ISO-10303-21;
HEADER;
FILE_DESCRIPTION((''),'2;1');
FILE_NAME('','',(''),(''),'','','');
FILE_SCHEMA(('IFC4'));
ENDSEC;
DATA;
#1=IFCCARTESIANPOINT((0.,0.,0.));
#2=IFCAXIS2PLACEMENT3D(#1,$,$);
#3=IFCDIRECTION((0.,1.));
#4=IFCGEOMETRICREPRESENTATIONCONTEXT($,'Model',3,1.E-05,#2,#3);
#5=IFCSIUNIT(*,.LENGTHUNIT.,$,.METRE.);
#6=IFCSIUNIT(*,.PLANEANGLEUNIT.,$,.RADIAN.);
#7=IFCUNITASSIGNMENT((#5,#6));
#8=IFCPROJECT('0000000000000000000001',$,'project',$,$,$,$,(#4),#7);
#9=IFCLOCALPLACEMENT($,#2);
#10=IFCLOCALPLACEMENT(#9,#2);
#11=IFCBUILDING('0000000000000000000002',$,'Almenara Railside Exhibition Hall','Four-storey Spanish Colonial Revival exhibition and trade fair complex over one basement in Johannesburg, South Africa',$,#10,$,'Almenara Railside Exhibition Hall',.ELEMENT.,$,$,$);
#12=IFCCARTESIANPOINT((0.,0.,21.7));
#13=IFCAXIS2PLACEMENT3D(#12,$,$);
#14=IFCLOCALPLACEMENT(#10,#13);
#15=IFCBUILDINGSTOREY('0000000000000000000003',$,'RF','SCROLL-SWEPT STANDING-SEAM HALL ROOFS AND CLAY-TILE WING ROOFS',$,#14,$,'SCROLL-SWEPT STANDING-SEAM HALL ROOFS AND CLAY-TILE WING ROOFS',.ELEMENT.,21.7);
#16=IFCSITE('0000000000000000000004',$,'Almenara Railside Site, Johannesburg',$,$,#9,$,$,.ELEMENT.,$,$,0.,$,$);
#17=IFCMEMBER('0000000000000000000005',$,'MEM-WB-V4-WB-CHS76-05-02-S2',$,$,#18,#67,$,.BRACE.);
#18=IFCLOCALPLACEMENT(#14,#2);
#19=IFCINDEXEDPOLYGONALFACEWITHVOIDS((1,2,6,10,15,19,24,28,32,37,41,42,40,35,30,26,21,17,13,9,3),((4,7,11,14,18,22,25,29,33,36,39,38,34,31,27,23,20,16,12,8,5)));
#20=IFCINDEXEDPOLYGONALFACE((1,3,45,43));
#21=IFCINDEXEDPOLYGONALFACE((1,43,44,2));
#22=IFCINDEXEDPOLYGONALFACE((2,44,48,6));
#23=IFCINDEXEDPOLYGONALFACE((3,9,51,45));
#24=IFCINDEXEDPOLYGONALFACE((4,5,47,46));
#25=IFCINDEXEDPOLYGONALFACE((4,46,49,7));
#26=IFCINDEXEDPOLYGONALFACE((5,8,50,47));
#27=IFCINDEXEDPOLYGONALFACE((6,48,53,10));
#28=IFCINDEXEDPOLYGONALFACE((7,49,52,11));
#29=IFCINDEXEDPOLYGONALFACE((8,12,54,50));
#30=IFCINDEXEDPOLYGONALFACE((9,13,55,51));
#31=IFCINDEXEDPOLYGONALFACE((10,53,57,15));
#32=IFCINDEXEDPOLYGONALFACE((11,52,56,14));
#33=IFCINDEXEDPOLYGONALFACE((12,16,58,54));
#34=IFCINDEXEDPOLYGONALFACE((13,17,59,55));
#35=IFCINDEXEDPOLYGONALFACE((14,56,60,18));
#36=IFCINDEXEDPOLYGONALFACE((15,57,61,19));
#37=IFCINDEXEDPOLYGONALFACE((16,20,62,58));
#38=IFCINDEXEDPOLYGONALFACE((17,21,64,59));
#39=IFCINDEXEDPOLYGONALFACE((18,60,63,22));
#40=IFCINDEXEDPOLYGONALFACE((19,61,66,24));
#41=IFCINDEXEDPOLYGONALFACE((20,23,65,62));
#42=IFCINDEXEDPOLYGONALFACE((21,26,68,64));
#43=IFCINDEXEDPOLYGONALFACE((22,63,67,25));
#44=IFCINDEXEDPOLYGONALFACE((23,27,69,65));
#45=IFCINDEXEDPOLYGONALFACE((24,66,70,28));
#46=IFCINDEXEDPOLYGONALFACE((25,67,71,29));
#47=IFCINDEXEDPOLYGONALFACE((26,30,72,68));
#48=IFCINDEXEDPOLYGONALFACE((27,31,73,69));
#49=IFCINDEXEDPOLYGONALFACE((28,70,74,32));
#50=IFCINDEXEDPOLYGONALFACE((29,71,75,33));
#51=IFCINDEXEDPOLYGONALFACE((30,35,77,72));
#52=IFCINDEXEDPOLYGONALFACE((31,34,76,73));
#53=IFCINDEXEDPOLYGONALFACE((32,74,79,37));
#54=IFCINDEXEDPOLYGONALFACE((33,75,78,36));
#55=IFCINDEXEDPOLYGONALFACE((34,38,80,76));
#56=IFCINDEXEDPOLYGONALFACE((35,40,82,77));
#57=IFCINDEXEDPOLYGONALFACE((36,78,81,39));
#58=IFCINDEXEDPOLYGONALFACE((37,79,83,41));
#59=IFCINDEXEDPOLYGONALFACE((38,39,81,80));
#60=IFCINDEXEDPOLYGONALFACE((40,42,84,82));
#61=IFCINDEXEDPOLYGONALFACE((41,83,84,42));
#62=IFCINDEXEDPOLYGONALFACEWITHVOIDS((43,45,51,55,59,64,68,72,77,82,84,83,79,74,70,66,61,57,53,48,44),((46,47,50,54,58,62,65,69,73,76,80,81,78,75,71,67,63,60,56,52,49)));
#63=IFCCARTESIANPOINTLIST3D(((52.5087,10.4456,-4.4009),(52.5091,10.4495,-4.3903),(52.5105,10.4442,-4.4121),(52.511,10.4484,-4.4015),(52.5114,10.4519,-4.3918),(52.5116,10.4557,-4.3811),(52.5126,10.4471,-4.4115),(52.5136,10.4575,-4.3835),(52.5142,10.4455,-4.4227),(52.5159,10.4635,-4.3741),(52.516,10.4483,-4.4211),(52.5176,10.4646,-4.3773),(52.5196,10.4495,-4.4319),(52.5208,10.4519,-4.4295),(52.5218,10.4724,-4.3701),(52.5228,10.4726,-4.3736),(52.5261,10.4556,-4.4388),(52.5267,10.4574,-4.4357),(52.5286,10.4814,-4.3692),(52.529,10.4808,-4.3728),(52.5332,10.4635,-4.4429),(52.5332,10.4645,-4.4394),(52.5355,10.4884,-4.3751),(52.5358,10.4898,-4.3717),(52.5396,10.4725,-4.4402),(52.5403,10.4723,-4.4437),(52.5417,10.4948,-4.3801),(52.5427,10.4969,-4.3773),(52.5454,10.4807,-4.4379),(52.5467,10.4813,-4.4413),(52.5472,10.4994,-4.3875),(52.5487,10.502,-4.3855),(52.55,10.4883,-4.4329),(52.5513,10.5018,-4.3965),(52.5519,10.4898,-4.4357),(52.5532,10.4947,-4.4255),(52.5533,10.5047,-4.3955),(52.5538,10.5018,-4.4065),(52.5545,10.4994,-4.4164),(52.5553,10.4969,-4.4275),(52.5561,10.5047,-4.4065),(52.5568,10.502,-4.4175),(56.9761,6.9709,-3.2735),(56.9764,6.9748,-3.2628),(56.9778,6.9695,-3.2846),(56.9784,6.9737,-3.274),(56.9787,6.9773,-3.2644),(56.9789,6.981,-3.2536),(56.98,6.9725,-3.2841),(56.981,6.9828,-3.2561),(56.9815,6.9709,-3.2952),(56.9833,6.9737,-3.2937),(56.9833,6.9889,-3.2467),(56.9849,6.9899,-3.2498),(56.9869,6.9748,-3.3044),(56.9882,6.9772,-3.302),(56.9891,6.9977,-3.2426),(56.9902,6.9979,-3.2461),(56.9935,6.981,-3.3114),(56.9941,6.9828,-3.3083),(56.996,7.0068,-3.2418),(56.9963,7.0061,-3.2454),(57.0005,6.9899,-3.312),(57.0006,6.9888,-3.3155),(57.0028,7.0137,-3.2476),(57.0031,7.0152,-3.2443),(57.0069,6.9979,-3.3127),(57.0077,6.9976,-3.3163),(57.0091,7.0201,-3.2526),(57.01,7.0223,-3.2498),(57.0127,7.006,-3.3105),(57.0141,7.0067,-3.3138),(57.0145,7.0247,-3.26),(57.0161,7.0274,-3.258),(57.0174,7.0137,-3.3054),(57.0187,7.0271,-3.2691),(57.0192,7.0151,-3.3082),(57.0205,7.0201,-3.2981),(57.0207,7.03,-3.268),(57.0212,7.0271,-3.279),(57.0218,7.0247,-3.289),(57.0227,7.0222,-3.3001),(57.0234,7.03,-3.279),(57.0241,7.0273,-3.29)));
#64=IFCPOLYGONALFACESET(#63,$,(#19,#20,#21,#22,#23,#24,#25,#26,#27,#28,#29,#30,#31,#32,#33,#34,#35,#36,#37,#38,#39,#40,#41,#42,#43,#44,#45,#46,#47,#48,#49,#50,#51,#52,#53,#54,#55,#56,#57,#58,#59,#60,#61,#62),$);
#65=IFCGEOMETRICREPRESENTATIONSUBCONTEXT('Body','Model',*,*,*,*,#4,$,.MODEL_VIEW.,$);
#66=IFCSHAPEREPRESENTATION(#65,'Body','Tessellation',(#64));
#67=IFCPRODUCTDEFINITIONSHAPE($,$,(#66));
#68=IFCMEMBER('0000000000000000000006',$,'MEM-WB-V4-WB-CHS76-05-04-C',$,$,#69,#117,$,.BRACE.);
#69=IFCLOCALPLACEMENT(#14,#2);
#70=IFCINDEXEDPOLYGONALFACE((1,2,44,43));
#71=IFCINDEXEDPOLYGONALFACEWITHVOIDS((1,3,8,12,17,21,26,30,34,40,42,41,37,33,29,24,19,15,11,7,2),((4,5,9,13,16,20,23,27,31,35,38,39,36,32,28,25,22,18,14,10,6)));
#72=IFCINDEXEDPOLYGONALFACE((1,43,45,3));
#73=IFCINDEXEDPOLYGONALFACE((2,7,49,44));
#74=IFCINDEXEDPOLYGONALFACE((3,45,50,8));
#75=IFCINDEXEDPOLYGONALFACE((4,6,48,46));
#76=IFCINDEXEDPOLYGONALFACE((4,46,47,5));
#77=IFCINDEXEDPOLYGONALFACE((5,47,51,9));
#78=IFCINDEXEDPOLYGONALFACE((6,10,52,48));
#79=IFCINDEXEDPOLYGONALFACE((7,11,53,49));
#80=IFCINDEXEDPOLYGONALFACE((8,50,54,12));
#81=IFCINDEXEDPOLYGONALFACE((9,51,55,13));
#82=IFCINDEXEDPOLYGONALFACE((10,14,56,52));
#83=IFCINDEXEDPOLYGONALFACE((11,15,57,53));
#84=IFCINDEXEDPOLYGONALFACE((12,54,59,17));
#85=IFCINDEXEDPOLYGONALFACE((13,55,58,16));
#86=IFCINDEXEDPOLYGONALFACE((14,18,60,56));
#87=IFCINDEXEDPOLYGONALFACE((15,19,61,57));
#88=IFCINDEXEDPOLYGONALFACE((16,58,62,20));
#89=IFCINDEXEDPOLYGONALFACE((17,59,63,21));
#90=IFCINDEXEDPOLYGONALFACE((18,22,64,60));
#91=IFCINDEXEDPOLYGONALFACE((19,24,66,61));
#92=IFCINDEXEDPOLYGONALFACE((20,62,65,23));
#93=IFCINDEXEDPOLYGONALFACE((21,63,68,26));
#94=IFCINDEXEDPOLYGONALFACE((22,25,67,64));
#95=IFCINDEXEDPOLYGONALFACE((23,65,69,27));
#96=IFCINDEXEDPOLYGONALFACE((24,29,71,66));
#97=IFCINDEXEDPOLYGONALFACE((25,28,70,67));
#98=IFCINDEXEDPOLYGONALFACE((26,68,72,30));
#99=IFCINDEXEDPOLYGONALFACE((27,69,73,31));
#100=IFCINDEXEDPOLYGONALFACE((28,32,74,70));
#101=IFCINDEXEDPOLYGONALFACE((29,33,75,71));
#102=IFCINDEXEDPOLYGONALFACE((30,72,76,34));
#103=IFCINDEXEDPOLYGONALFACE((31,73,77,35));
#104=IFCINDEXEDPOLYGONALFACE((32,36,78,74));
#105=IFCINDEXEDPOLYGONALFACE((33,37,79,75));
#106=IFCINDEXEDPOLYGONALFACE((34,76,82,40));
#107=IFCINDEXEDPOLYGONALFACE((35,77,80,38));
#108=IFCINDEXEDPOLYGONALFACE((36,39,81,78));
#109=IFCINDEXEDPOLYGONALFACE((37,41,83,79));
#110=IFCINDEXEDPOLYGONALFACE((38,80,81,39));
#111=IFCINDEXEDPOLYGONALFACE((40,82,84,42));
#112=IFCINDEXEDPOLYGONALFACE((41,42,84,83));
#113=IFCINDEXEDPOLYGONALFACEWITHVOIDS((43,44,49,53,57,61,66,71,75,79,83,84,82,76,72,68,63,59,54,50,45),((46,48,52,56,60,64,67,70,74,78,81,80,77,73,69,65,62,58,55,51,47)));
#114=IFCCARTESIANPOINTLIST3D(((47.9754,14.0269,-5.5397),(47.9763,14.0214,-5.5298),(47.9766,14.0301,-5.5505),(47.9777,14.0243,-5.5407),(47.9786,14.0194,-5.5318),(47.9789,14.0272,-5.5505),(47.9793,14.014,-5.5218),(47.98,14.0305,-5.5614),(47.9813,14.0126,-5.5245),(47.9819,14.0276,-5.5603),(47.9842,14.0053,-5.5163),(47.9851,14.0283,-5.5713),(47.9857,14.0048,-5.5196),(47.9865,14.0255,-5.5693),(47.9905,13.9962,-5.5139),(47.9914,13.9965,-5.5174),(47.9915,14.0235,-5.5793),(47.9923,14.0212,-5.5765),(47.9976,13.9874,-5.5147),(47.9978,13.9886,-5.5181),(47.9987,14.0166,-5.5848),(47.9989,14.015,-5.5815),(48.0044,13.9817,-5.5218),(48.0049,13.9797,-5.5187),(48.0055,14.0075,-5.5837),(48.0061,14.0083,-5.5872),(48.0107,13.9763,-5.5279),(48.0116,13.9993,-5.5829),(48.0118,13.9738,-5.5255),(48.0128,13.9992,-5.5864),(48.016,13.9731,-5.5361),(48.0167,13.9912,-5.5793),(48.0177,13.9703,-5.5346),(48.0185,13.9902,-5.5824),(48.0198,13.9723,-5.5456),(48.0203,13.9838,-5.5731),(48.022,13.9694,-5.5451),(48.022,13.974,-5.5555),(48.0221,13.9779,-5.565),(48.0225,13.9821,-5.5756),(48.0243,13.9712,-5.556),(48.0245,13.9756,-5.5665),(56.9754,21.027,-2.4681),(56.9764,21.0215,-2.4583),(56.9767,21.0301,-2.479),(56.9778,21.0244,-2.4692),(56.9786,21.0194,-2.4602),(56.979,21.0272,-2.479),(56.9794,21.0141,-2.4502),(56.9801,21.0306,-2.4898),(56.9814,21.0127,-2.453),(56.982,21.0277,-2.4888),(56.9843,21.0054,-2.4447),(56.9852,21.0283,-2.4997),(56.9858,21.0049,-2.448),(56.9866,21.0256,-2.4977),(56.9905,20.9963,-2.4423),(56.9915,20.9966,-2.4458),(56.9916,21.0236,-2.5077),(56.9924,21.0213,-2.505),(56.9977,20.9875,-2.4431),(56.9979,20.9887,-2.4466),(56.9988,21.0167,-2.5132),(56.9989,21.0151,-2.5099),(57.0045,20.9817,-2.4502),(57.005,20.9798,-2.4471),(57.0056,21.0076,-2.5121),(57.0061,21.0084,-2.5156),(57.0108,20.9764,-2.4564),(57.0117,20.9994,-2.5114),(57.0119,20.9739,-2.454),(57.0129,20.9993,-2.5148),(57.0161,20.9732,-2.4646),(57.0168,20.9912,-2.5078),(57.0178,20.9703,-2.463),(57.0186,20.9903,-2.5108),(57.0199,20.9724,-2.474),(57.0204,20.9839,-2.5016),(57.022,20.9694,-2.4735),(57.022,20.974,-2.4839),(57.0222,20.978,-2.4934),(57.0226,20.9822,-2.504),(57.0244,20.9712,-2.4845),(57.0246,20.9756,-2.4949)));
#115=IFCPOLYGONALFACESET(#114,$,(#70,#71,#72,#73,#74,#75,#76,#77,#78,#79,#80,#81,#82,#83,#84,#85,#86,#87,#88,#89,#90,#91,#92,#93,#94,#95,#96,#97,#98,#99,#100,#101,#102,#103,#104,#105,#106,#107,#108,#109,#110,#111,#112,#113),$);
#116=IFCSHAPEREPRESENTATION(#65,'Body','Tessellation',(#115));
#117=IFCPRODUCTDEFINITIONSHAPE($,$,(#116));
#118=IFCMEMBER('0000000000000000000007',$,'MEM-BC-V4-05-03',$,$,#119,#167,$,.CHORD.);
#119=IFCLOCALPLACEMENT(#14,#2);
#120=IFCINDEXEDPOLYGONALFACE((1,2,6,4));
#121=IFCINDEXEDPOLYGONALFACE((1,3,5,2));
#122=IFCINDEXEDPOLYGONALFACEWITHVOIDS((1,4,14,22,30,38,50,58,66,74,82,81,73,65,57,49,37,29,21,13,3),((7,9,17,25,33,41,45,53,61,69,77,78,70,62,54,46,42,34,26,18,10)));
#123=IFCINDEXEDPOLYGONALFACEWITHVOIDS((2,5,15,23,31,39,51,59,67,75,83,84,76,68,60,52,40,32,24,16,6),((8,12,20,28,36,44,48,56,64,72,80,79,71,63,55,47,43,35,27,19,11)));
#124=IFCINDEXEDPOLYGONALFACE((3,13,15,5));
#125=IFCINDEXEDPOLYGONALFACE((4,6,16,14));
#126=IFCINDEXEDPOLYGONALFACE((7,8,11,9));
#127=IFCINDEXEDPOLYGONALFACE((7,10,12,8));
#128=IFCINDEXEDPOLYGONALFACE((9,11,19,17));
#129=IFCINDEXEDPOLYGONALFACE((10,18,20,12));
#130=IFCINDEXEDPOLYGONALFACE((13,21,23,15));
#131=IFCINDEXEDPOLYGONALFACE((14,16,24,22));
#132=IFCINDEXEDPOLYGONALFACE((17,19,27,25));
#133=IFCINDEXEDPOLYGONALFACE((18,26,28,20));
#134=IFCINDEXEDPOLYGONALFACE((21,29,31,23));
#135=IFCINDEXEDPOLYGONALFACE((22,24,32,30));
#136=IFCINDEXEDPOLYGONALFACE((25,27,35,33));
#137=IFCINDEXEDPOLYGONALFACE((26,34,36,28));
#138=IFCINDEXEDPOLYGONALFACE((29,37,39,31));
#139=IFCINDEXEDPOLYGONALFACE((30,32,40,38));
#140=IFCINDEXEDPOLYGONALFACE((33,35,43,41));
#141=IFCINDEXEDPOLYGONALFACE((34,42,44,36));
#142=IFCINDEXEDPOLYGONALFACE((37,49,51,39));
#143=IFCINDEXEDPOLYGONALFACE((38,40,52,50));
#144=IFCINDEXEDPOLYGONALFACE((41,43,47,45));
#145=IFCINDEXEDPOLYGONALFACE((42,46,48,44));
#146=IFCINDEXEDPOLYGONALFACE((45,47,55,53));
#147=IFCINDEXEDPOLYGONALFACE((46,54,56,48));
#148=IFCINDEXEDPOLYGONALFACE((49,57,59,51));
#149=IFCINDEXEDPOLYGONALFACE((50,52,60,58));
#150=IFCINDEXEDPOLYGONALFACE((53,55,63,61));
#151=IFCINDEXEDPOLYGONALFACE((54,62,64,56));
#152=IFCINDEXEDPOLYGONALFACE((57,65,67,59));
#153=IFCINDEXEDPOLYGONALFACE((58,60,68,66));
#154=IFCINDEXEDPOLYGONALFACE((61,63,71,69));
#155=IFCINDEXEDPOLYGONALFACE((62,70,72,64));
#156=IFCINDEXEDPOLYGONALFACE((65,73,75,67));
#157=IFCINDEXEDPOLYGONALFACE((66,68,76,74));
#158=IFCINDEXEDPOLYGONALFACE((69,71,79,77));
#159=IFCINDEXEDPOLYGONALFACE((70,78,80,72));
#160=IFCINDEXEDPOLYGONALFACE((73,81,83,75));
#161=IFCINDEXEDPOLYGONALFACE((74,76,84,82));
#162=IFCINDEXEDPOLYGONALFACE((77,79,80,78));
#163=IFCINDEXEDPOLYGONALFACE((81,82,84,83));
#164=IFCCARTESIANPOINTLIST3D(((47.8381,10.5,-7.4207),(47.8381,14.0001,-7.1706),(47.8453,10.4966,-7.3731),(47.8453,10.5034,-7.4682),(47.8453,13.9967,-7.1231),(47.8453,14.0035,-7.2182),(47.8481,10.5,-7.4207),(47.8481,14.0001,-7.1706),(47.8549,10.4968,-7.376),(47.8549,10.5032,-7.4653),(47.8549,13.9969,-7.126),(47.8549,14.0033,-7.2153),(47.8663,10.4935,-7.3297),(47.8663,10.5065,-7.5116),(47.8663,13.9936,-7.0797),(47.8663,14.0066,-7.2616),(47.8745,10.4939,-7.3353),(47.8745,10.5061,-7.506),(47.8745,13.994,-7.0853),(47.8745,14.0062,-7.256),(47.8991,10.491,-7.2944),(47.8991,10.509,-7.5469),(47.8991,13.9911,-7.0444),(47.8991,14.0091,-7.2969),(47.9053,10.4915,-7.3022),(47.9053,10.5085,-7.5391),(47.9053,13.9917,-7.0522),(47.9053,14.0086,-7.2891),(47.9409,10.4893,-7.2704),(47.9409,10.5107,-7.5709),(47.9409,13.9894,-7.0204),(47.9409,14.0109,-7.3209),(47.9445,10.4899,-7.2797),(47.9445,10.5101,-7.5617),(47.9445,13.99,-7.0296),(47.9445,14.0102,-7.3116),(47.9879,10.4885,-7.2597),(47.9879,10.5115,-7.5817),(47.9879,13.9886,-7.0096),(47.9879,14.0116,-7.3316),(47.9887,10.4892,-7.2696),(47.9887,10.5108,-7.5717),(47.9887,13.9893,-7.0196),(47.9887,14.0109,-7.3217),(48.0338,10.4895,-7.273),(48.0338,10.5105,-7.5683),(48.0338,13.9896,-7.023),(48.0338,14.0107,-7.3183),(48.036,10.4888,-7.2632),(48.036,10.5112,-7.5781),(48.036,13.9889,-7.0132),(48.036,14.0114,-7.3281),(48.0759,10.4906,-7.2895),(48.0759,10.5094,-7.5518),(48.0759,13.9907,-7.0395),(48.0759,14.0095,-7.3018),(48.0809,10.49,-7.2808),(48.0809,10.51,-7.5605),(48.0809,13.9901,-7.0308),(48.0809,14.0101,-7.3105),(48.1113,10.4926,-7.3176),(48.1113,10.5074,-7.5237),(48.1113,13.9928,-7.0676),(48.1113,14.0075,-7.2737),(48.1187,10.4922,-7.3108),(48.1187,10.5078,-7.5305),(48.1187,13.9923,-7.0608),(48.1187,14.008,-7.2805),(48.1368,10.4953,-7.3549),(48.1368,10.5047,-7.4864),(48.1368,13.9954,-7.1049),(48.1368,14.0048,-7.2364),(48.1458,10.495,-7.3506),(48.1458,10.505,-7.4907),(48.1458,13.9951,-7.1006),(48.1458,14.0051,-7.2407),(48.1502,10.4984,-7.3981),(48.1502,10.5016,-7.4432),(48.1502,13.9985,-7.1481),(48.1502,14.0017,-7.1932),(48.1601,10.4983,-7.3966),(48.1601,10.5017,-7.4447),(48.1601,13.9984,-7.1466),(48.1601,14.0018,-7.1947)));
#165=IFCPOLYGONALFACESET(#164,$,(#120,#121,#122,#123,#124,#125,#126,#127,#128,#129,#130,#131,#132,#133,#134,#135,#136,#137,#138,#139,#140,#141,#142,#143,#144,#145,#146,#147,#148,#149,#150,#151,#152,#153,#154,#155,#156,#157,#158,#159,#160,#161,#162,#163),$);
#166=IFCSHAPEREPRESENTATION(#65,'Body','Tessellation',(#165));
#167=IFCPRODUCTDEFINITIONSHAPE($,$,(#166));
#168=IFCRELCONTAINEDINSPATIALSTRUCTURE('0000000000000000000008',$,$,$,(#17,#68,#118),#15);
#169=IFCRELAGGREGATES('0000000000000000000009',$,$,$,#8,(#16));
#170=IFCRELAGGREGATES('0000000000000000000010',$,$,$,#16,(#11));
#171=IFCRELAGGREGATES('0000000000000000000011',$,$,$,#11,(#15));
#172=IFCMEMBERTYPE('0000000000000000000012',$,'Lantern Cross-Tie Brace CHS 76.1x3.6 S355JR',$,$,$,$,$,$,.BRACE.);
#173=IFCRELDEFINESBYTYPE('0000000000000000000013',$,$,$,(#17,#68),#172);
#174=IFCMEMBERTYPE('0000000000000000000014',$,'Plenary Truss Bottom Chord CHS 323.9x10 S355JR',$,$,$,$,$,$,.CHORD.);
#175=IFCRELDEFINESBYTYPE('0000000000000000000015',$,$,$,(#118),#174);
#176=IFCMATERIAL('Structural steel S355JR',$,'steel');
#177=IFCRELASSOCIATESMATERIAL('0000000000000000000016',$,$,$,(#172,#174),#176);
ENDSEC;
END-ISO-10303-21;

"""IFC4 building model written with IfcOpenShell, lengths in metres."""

from ifc_helpers import new_model, si_unit, direction, frame, origin, origin_2d, place, context, subcontext, project, spatial, hollow_circle, extrude, material, material_profile, profile_set, type_object, element, save


model = new_model("IFC4")

# Units and contexts
model_context = context("Model", 3, precision=1e-05, world=origin(), true_north=direction((0.0, 1.0)))
body_context = subcontext(model_context, "Body", "Model", "MODEL_VIEW")
ifc_project = project(units=[si_unit("LENGTHUNIT", "METRE"), si_unit("PLANEANGLEUNIT", "RADIAN")], contexts=[model_context])

# Site, building, storey
site_placement = place(None, origin())
site = spatial("IfcSite", under=ifc_project, at=site_placement, Name="Almenara Railside Site, Johannesburg", CompositionType="ELEMENT", RefElevation=0.0)
building_placement = place(site_placement, origin())
building = spatial("IfcBuilding", under=site, at=building_placement, Name="Almenara Railside Exhibition Hall", Description="Four-storey Spanish Colonial Revival exhibition and trade fair complex over one basement in Johannesburg, South Africa", LongName="Almenara Railside Exhibition Hall", CompositionType="ELEMENT")
storey_placement = place(building_placement, frame((0.0, 0.0, 21.7)))
storey = spatial("IfcBuildingStorey", under=building, at=storey_placement, Name="RF", Description="SCROLL-SWEPT STANDING-SEAM HALL ROOFS AND CLAY-TILE WING ROOFS", LongName="SCROLL-SWEPT STANDING-SEAM HALL ROOFS AND CLAY-TILE WING ROOFS", CompositionType="ELEMENT", Elevation=21.7)

# Members
ifc_material_1 = material(Name="Structural steel S355JR", Category="steel")
ifc_material_profile_1 = material_profile(ifc_material_1, hollow_circle(Radius=0.0381, WallThickness=0.0037, at=origin_2d()), Name="CHS 76.1x3.6")
ifc_profile_set_1 = profile_set([ifc_material_profile_1], Name="Structural steel S355JR")
member_type_1 = type_object("IfcMemberType", Name="Lantern Cross-Tie Brace CHS 76.1x3.6 S355JR", PredefinedType="BRACE", material=ifc_profile_set_1)
for number, where, z_axis, x_axis, name in (
    (1, (52.5327, 10.4746, -4.4065), (0.774136, -0.602115, 0.195374), (0.613947, 0.789348, 0.0), "MEM-WB-V4-WB-CHS76-05-02-S2"),
):
    element("IfcMember", number, at=place(storey_placement, frame(where, z_axis=z_axis, x_axis=x_axis)), inside=storey, type_object=member_type_1, Name=name, PredefinedType="BRACE", context=body_context, shape_type="SweptSolid", body=[
        extrude(hollow_circle(Radius=0.0381, WallThickness=0.0037, at=origin_2d()), origin(), (0.0, 0.0, 1.0), 5.7708),
    ])
member_1_placement = place(storey_placement, frame((48.0, 14.0, -5.5505), z_axis=(0.76218, 0.592807, 0.260118), x_axis=(-0.613941, 0.789352, 0.0)))
element("IfcMember", 2, at=member_1_placement, inside=storey, type_object=member_type_1, Name="MEM-WB-V4-WB-CHS76-05-04-C", PredefinedType="BRACE", context=body_context, shape_type="SweptSolid", body=[
    extrude(hollow_circle(Radius=0.0381, WallThickness=0.0037, at=origin_2d()), origin(), (0.0, 0.0, 1.0), 11.8083),
])
ifc_material_profile_2 = material_profile(ifc_material_1, hollow_circle(Radius=0.1619, WallThickness=0.01, at=origin_2d()), Name="CHS 323.9x10")
ifc_profile_set_2 = profile_set([ifc_material_profile_2], Name="Structural steel S355JR")
member_type_2 = type_object("IfcMemberType", Name="Plenary Truss Bottom Chord CHS 323.9x10 S355JR", PredefinedType="CHORD", material=ifc_profile_set_2)
member_2_placement = place(storey_placement, frame((48.0, 10.5, -7.4207), z_axis=(0.0, 0.997459, 0.071247), x_axis=(-1.0, 0.0, 0.0)))
element("IfcMember", 3, at=member_2_placement, inside=storey, type_object=member_type_2, Name="MEM-BC-V4-05-03", PredefinedType="CHORD", context=body_context, shape_type="SweptSolid", body=[
    extrude(hollow_circle(Radius=0.1619, WallThickness=0.01, at=origin_2d()), origin(), (0.0, 0.0, 1.0), 3.509),
])

save(model, "model.ifc")
